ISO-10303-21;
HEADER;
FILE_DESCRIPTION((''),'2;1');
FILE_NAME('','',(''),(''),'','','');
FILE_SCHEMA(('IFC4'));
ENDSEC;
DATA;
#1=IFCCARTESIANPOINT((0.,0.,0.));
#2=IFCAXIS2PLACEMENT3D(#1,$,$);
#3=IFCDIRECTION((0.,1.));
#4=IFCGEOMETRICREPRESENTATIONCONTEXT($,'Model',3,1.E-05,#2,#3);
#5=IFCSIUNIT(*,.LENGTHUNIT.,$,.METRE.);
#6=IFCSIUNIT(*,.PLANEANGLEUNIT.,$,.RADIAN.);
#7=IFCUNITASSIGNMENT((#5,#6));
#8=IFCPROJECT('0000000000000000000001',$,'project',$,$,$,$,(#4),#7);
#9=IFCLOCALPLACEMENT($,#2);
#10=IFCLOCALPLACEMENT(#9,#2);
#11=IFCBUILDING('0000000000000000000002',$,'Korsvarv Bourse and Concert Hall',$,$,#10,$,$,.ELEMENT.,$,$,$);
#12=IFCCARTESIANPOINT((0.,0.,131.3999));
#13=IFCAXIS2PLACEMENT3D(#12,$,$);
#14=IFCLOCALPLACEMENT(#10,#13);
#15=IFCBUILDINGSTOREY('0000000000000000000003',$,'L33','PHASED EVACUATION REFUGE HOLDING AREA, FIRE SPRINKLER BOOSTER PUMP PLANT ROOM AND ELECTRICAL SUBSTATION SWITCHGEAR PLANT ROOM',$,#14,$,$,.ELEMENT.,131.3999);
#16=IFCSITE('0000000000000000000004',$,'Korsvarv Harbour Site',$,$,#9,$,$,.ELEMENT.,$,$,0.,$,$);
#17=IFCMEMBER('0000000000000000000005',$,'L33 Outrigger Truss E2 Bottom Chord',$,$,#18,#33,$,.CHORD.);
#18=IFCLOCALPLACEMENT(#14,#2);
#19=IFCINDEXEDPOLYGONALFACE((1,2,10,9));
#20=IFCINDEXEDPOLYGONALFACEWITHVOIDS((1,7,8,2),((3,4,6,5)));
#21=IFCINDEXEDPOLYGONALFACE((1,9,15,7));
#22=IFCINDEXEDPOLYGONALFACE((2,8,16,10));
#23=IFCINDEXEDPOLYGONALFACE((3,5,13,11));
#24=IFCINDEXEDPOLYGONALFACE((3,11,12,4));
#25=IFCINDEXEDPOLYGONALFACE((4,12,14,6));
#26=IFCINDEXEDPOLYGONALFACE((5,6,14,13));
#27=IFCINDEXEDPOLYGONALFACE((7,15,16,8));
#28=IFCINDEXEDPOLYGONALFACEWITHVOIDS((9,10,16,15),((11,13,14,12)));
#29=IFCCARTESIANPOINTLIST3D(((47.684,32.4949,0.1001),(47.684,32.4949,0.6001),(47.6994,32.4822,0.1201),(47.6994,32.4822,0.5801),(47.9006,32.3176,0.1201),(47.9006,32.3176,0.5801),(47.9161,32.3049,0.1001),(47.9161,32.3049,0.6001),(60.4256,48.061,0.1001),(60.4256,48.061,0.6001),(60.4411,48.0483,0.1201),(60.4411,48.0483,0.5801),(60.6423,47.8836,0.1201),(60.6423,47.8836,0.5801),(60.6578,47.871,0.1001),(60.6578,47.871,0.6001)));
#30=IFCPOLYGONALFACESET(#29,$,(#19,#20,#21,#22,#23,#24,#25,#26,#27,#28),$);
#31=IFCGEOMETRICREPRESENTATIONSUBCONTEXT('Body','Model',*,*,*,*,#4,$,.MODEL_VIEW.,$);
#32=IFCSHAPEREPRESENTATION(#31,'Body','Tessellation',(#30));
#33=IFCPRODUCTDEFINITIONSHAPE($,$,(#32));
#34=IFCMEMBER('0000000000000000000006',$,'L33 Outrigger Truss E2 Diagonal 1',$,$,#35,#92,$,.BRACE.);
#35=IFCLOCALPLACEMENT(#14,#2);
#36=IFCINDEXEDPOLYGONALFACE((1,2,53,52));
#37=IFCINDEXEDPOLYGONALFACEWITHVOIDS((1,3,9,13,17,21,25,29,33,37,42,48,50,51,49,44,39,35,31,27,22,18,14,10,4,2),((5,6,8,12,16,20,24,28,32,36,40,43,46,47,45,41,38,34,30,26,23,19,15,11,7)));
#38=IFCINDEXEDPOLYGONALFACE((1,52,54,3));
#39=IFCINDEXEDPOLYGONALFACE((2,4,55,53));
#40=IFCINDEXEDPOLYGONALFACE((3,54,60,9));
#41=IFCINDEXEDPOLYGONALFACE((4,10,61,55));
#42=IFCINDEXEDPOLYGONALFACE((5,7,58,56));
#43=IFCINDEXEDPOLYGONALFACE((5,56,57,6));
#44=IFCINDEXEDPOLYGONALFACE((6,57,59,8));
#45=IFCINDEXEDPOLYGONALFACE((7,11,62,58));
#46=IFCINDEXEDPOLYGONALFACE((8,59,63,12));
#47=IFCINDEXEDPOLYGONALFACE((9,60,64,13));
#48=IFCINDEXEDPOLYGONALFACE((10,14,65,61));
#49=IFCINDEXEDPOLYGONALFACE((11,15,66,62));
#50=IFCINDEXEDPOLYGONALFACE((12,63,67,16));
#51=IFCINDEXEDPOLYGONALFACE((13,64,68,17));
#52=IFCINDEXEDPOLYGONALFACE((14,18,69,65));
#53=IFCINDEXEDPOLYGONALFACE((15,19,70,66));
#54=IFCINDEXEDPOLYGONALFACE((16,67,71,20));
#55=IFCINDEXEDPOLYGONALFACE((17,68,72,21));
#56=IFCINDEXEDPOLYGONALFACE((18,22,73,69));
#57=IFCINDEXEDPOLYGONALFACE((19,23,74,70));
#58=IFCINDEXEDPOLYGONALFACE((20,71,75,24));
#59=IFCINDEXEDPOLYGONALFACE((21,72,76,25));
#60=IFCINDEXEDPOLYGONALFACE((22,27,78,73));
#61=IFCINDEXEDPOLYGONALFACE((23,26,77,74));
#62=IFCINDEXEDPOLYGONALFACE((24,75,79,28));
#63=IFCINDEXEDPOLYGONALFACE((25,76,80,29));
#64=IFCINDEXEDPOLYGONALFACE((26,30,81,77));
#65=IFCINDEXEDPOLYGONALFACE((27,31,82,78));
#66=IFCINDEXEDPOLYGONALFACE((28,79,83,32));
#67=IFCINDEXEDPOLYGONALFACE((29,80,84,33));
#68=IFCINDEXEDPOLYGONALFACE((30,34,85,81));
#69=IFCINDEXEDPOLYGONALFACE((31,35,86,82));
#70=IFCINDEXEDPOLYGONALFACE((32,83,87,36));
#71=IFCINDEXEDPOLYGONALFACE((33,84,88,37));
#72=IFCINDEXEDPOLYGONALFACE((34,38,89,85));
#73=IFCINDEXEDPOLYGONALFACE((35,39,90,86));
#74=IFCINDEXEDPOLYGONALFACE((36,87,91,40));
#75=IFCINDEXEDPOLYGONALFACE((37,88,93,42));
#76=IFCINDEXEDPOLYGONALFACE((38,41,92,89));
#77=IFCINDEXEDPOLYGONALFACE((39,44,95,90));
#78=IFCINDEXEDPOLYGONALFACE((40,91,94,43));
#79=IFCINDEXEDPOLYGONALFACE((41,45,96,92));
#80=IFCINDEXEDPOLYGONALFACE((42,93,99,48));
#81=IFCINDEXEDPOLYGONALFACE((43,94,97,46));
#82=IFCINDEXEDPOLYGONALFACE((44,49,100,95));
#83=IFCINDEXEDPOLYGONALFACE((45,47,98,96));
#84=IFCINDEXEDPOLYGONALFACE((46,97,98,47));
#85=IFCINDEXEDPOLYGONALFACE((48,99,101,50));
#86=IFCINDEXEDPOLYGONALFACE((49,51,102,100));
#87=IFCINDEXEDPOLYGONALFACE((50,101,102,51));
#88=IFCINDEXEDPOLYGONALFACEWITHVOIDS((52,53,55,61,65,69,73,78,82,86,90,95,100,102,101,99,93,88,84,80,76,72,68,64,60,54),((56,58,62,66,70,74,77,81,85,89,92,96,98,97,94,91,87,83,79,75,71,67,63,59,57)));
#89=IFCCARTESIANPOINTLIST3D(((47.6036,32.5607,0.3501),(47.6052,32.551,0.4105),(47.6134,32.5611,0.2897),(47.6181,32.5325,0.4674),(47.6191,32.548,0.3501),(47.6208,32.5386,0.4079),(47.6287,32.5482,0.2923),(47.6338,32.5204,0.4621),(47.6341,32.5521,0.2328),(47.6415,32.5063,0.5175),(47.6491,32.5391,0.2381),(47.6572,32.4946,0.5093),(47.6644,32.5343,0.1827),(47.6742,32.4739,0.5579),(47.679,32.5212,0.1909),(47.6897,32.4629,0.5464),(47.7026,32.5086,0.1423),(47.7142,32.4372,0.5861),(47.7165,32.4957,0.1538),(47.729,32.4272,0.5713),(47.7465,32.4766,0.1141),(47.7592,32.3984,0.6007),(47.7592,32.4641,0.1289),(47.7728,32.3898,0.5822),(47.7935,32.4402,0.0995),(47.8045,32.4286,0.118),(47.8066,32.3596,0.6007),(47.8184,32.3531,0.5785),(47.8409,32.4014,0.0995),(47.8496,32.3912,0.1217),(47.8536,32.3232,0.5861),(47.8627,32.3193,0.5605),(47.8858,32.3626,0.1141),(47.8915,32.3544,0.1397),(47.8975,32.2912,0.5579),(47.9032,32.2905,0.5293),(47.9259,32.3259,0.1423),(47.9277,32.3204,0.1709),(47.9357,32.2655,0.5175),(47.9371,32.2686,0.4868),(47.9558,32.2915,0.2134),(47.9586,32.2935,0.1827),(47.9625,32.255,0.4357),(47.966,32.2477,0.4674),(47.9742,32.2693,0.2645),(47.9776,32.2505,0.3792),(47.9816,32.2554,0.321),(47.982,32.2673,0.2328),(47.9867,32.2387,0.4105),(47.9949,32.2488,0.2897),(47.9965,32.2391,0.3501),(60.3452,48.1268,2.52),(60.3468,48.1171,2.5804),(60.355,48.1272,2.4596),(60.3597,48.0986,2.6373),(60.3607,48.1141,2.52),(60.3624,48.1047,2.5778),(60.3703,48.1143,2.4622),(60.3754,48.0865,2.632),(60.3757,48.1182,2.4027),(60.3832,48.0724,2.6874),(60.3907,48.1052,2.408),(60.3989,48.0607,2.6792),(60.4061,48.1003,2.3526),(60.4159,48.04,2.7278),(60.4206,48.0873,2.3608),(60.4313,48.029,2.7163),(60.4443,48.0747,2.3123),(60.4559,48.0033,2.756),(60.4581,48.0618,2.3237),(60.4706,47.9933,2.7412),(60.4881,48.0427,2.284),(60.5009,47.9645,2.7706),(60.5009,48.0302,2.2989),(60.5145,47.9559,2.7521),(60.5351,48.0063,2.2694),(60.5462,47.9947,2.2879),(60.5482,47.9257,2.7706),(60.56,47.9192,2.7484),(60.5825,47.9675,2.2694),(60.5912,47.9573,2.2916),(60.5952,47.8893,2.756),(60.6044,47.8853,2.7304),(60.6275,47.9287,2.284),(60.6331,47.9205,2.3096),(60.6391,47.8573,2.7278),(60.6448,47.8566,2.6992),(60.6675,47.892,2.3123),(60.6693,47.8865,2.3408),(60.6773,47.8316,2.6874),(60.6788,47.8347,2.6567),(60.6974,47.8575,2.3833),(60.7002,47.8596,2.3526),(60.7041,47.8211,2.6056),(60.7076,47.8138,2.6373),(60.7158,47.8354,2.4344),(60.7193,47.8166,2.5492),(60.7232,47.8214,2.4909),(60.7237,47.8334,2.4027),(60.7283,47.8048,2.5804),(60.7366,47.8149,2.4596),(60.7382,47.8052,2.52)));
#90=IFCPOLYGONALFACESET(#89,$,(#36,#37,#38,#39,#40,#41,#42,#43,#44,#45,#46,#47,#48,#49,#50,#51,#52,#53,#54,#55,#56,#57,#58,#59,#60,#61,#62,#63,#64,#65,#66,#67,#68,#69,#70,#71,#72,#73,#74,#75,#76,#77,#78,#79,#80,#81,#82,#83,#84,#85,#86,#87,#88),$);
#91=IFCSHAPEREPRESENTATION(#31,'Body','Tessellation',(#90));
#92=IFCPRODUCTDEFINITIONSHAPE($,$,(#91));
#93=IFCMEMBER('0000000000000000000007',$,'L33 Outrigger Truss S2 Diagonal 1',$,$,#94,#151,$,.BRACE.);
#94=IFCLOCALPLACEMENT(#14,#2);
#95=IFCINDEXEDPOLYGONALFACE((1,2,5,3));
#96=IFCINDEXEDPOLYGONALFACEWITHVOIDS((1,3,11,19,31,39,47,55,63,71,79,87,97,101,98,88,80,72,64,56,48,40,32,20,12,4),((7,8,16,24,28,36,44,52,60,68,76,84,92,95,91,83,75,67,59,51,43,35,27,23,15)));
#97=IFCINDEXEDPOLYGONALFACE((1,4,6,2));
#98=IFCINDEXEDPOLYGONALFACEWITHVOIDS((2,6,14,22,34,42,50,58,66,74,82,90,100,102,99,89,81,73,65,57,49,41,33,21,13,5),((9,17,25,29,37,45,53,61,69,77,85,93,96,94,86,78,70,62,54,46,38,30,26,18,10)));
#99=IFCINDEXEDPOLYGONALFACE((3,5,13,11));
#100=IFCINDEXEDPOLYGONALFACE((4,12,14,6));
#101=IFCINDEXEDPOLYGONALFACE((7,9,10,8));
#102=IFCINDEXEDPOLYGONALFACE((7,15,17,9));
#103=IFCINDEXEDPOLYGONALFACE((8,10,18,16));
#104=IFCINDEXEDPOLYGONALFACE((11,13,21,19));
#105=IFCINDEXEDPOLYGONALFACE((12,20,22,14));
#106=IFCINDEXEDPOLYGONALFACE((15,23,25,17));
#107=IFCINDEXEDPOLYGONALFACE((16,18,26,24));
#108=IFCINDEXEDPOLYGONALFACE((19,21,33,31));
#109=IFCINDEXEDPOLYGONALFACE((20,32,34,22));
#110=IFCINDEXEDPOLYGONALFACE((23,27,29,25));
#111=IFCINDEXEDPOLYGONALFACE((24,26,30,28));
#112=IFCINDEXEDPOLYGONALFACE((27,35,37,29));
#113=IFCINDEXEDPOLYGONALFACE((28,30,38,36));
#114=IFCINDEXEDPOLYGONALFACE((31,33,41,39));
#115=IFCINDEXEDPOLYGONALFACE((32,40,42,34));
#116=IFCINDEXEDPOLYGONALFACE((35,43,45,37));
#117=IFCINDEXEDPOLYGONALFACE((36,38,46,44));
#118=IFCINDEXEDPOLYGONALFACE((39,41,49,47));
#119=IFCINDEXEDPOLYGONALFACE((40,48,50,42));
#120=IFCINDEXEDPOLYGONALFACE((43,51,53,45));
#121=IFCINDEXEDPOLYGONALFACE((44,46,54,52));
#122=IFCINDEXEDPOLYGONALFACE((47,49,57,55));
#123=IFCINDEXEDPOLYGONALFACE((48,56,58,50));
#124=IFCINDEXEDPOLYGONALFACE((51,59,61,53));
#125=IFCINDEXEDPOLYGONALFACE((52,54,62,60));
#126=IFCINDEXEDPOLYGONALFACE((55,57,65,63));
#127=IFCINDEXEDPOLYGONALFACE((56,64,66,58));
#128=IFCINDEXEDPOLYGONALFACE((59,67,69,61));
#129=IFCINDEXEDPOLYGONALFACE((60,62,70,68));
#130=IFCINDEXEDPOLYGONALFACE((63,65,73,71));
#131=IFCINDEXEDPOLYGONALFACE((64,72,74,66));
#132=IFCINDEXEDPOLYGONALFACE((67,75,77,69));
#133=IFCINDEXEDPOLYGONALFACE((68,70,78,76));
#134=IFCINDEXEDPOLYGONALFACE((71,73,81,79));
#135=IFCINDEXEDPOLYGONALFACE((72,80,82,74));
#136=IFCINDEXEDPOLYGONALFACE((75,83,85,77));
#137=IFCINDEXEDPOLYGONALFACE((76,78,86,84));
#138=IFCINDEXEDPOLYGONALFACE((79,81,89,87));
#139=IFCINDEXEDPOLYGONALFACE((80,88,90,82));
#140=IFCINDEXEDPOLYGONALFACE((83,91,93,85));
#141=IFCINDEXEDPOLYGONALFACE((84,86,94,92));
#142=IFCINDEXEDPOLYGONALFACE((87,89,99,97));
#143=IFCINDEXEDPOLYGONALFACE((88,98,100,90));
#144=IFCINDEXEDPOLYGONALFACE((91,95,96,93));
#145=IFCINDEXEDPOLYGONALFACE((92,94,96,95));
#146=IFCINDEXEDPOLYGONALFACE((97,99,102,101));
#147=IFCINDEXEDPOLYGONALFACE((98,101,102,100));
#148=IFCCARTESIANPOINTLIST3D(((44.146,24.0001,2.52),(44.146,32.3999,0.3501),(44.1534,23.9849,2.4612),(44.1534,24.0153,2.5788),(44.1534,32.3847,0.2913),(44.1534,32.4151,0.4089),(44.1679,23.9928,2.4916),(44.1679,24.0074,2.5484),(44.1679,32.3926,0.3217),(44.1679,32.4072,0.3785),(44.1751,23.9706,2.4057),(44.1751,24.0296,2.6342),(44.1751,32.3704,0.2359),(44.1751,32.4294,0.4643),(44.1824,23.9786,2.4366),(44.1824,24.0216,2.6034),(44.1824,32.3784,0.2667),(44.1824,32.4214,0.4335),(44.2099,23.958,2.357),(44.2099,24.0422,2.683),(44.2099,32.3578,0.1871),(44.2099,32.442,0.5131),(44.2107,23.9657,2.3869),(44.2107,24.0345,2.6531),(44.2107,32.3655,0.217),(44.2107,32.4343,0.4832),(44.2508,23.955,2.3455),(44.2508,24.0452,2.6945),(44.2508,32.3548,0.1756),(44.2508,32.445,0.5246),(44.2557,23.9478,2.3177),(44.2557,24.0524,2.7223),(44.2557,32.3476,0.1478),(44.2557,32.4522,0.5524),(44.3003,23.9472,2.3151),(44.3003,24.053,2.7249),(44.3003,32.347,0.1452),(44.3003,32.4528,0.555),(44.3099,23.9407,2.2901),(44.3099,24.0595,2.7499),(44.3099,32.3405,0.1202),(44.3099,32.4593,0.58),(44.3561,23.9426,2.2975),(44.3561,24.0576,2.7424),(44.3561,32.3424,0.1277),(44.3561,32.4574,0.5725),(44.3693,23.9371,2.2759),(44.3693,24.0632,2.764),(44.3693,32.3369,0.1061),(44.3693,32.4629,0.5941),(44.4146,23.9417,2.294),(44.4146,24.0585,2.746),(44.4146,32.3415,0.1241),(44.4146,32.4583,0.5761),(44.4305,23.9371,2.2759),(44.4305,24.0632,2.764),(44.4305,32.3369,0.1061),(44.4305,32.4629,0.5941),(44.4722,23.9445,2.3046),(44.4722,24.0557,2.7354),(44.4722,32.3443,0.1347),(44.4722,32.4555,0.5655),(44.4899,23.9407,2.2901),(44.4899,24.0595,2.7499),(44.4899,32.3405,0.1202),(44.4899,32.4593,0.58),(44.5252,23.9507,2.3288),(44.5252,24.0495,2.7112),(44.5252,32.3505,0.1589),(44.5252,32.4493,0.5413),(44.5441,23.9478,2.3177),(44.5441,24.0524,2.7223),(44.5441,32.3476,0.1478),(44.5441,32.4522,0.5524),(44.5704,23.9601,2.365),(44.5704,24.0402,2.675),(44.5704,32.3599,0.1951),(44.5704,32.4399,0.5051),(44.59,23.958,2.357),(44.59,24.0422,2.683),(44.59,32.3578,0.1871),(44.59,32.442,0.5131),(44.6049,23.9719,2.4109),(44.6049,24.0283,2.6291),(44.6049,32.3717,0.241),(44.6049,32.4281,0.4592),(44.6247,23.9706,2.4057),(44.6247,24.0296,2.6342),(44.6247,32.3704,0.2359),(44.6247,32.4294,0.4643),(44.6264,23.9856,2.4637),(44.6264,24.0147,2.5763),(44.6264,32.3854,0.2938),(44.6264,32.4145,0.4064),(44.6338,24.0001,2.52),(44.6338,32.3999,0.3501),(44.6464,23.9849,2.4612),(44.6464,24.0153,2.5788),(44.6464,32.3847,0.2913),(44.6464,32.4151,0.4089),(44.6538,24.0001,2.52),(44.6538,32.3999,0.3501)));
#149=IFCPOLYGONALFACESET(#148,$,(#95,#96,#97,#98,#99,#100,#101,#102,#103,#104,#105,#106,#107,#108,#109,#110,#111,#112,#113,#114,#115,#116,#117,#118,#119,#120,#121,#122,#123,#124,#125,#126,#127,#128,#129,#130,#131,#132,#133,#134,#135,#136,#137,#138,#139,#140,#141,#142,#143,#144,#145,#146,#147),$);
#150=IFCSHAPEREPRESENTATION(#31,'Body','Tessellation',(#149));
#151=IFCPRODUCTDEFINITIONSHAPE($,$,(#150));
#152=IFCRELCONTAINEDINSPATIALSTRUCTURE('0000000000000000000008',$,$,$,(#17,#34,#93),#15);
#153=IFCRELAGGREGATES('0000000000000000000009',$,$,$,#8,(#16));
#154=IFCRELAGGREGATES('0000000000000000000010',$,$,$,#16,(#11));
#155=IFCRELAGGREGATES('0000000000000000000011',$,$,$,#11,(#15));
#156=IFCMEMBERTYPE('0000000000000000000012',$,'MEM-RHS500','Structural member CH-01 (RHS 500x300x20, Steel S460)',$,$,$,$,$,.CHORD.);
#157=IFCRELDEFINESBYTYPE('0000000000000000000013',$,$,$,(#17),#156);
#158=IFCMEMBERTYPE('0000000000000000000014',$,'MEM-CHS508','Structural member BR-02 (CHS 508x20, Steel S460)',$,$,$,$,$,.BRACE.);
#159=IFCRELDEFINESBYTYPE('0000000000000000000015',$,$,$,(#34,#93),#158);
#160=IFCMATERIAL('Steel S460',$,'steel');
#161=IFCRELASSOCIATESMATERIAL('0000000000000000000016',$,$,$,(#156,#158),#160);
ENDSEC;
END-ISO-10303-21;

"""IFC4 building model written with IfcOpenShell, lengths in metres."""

from ifc_helpers import new_model, si_unit, direction, frame, origin, origin_2d, place, context, subcontext, project, spatial, hollow_rectangle, hollow_circle, extrude, source, transform, mapped, material, material_profile, profile_set, type_object, element, save


model = new_model("IFC4")

# Units and contexts
model_context = context("Model", 3, precision=1e-05, world=origin(), true_north=direction((0.0, 1.0)))
body_context = subcontext(model_context, "Body", "Model", "MODEL_VIEW")
ifc_project = project(units=[si_unit("LENGTHUNIT", "METRE"), si_unit("PLANEANGLEUNIT", "RADIAN")], contexts=[model_context])

# Site, building, storey
site_placement = place(None, origin())
site = spatial("IfcSite", under=ifc_project, at=site_placement, Name="Korsvarv Harbour Site", CompositionType="ELEMENT", RefElevation=0.0)
building_placement = place(site_placement, origin())
building = spatial("IfcBuilding", under=site, at=building_placement, Name="Korsvarv Bourse and Concert Hall", CompositionType="ELEMENT")
storey_placement = place(building_placement, frame((0.0, 0.0, 131.3999)))
storey = spatial("IfcBuildingStorey", under=building, at=storey_placement, Name="L33", Description="PHASED EVACUATION REFUGE HOLDING AREA, FIRE SPRINKLER BOOSTER PUMP PLANT ROOM AND ELECTRICAL SUBSTATION SWITCHGEAR PLANT ROOM", CompositionType="ELEMENT", Elevation=131.3999)

# Shared definitions
ifc_material_1 = material(Name="Steel S460", Category="steel")

# Shared definitions
ifc_material_profile_1 = material_profile(ifc_material_1, hollow_rectangle(XDim=0.3, YDim=0.5, WallThickness=0.02, at=origin_2d()), Name="RHS 500x300x20")
ifc_profile_set_1 = profile_set([ifc_material_profile_1], Name="Steel S460")
member_type_1 = type_object("IfcMemberType", Name="MEM-RHS500", Description="Structural member CH-01 (RHS 500x300x20, Steel S460)", PredefinedType="CHORD", material=ifc_profile_set_1)

# Members
ifc_material_profile_2 = material_profile(ifc_material_1, hollow_circle(Radius=0.2539, WallThickness=0.02, at=origin_2d()), Name="CHS 508x20")
ifc_profile_set_2 = profile_set([ifc_material_profile_2], Name="Steel S460")
member_type_2 = type_object("IfcMemberType", Name="MEM-CHS508", Description="Structural member BR-02 (CHS 508x20, Steel S460)", PredefinedType="BRACE", material=ifc_profile_set_2)
shared_shape_1 = source(origin(), body_context, "Body", "SweptSolid", [
    extrude(hollow_rectangle(XDim=0.3, YDim=0.5, WallThickness=0.02, at=origin_2d()), origin(), (0.0, 0.0, 1.0), 20.116),
])
member_1_placement = place(storey_placement, frame((47.8, 32.3999, 0.3501), z_axis=(0.633409, 0.773817, 0.0), x_axis=(-0.773817, 0.633409, 0.0)))
element("IfcMember", 1, at=member_1_placement, inside=storey, type_object=member_type_1, Name="L33 Outrigger Truss E2 Bottom Chord", PredefinedType="CHORD", context=body_context, shape_type="MappedRepresentation", body=[
    mapped(shared_shape_1, transform((0.0, 0.0, 0.0), scale=1.0)),
])
shared_shape_2 = source(origin(), body_context, "Body", "SweptSolid", [
    extrude(hollow_circle(Radius=0.2539, WallThickness=0.02, at=origin_2d()), origin(), (0.0, 0.0, 1.0), 20.2327),
])
member_2_placement = place(storey_placement, frame((47.8, 32.3999, 0.3501), z_axis=(0.629756, 0.769354, 0.107248), x_axis=(-0.773817, 0.633409, 0.0)))
element("IfcMember", 2, at=member_2_placement, inside=storey, type_object=member_type_2, Name="L33 Outrigger Truss E2 Diagonal 1", PredefinedType="BRACE", context=body_context, shape_type="MappedRepresentation", body=[
    mapped(shared_shape_2, transform((0.0, 0.0, 0.0), scale=1.0)),
])
shared_shape_3 = source(origin(), body_context, "Body", "SweptSolid", [
    extrude(hollow_circle(Radius=0.2539, WallThickness=0.02, at=origin_2d()), origin(), (0.0, 0.0, 1.0), 8.6755),
])
member_3_placement = place(storey_placement, frame((44.3999, 32.3999, 0.3501), z_axis=(0.0, -0.968216, 0.250116), x_axis=(1.0, 0.0, 0.0)))
element("IfcMember", 3, at=member_3_placement, inside=storey, type_object=member_type_2, Name="L33 Outrigger Truss S2 Diagonal 1", PredefinedType="BRACE", context=body_context, shape_type="MappedRepresentation", body=[
    mapped(shared_shape_3, transform((0.0, 0.0, 0.0), scale=1.0)),
])

save(model, "model.ifc")
